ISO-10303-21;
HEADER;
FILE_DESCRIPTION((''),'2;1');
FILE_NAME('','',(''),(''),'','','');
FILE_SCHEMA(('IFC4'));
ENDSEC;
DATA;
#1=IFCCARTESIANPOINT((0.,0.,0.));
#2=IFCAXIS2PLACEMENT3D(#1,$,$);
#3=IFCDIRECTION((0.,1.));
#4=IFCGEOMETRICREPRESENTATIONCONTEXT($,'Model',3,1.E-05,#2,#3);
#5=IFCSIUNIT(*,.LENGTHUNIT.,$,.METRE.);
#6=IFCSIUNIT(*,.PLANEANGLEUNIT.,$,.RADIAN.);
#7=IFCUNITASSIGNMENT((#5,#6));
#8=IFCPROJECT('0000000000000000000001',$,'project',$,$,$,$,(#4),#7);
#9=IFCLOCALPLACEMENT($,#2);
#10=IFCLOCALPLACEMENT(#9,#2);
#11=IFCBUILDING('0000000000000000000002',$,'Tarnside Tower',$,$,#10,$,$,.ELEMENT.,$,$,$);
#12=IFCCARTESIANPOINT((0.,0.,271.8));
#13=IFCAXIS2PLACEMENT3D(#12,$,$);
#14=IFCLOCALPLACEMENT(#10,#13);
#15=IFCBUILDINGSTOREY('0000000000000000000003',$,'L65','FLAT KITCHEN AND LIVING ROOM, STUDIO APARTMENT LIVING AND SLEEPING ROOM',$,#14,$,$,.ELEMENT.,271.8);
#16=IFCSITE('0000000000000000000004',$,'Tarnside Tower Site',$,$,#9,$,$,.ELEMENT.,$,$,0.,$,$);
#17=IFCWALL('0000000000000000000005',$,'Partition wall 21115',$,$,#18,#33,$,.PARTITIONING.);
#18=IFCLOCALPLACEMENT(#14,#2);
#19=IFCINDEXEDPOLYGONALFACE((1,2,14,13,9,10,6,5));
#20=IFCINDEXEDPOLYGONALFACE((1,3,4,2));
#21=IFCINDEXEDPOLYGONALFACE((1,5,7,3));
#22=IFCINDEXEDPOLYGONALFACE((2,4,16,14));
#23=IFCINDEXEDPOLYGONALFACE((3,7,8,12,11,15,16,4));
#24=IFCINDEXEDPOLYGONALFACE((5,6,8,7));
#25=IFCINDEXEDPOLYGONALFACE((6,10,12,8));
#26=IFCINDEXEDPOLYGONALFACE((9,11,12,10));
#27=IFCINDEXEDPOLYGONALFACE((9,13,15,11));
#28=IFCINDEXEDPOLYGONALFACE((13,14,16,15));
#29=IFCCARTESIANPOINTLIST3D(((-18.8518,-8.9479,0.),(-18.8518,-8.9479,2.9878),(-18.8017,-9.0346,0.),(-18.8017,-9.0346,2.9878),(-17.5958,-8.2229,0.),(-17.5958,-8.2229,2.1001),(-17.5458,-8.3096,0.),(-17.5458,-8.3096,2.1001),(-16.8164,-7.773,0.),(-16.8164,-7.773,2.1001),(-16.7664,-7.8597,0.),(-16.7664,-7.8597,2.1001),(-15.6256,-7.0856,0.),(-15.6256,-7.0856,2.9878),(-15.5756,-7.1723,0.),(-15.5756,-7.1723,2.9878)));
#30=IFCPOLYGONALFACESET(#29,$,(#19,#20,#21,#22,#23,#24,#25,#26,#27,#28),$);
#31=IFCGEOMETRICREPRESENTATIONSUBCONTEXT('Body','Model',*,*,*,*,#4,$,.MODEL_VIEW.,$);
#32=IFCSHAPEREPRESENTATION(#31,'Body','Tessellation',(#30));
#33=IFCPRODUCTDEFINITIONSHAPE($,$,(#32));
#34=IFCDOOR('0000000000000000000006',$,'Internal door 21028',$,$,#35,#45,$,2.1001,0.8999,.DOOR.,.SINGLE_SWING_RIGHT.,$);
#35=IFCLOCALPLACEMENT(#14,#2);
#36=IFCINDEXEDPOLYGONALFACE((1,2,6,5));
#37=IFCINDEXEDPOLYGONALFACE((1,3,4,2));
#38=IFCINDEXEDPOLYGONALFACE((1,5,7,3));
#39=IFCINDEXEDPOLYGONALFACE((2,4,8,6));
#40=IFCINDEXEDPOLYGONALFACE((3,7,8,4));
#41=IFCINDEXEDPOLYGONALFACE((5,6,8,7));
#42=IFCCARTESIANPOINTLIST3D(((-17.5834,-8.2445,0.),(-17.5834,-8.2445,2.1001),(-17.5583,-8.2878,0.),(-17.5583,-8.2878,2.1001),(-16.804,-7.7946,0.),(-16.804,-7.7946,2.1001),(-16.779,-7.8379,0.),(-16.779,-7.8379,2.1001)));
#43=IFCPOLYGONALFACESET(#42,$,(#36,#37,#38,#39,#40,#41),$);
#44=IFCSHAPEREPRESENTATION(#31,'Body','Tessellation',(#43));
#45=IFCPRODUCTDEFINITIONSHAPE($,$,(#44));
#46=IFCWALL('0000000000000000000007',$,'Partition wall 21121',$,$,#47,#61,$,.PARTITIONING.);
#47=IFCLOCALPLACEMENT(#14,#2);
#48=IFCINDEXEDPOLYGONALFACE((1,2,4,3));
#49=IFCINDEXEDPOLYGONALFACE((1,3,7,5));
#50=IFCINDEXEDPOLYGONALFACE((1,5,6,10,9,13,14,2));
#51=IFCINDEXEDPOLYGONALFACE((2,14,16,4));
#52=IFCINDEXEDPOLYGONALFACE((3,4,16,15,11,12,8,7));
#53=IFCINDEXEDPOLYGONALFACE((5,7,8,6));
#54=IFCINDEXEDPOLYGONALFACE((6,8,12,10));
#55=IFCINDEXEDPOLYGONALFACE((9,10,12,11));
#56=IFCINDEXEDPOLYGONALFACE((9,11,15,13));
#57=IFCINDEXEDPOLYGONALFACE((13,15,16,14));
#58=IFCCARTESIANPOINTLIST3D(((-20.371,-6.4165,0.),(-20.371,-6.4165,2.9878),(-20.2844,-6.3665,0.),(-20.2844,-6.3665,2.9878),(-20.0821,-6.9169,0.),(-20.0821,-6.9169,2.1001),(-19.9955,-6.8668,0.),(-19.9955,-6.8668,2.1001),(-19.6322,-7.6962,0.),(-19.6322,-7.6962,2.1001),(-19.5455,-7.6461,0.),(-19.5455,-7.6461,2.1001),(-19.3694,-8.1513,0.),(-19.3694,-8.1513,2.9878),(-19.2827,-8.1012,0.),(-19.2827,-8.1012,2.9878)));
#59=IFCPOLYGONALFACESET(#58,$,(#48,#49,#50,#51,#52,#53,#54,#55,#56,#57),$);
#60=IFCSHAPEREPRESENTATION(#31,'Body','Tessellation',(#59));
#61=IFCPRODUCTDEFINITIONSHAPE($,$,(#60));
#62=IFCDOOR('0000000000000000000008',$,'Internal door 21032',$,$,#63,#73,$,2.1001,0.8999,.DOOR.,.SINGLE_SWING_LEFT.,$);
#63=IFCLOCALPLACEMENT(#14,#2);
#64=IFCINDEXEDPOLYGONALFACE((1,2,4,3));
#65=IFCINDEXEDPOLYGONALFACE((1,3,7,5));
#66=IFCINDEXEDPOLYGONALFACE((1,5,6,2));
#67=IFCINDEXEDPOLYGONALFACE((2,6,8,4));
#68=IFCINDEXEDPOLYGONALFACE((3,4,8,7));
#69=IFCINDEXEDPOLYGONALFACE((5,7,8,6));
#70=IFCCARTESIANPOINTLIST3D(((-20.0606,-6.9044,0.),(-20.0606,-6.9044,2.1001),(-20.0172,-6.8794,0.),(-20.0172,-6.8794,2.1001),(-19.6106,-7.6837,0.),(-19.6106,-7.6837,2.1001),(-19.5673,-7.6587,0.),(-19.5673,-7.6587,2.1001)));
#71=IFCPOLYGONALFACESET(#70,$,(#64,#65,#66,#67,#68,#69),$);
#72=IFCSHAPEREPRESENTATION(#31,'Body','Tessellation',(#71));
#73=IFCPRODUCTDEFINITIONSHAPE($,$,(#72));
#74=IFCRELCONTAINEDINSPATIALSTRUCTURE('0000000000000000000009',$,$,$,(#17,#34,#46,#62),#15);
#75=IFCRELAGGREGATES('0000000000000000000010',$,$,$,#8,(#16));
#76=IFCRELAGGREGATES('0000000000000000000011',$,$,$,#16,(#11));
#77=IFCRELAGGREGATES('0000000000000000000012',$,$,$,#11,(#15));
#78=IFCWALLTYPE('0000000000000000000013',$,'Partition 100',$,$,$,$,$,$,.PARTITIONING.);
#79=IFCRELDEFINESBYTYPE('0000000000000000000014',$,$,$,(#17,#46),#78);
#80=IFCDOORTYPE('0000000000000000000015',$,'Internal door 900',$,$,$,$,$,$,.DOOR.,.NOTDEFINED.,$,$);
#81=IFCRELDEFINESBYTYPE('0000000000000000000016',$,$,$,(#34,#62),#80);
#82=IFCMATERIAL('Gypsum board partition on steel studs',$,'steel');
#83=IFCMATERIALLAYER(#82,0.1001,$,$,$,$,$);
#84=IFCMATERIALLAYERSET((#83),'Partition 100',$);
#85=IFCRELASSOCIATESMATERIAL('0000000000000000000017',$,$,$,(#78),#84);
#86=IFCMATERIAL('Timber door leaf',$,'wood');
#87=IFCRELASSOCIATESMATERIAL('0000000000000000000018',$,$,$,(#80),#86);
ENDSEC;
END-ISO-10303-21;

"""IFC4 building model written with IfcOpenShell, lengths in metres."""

from ifc_helpers import new_model, si_unit, direction, frame, frame_2d, origin, place, context, subcontext, project, spatial, rectangle, extrude, material, layer, layer_set, type_object, element, fill, save


model = new_model("IFC4")

# Units and contexts
model_context = context("Model", 3, precision=1e-05, world=origin(), true_north=direction((0.0, 1.0)))
body_context = subcontext(model_context, "Body", "Model", "MODEL_VIEW")
ifc_project = project(units=[si_unit("LENGTHUNIT", "METRE"), si_unit("PLANEANGLEUNIT", "RADIAN")], contexts=[model_context])

# Site, building, storey
site_placement = place(None, origin())
site = spatial("IfcSite", under=ifc_project, at=site_placement, Name="Tarnside Tower Site", CompositionType="ELEMENT", RefElevation=0.0)
building_placement = place(site_placement, origin())
building = spatial("IfcBuilding", under=site, at=building_placement, Name="Tarnside Tower", CompositionType="ELEMENT")
storey_placement = place(building_placement, frame((0.0, 0.0, 271.8)))
storey = spatial("IfcBuildingStorey", under=building, at=storey_placement, Name="L65", Description="FLAT KITCHEN AND LIVING ROOM, STUDIO APARTMENT LIVING AND SLEEPING ROOM", CompositionType="ELEMENT", Elevation=271.8)

# Shared definitions
ifc_material_1 = material(Name="Gypsum board partition on steel studs", Category="steel")
ifc_material_2 = material(Name="Timber door leaf", Category="wood")

# Walls, openings, doors
ifc_layer_1 = layer(ifc_material_1, 0.1001)
ifc_layer_set_1 = layer_set([ifc_layer_1], Name="Partition 100")
wall_type_1 = type_object("IfcWallType", Name="Partition 100", PredefinedType="PARTITIONING", material=ifc_layer_set_1)
wall_1_placement = place(storey_placement, frame((-15.6006, -7.1289, 0.0), z_axis=(0.0, 0.0, 1.0), x_axis=(-0.866057, -0.499946, 0.0)))
wall_1 = element("IfcWall", 1, at=wall_1_placement, inside=storey, type_object=wall_type_1, Name="Partition wall 21115", PredefinedType="PARTITIONING", context=body_context, shape_type="SweptSolid", body=[
    extrude(rectangle(XDim=3.7251, YDim=0.1001, at=frame_2d((1.8625, 0.0))), origin(), (0.0, 0.0, 1.0), 2.9878),
])
opening_1_placement = place(wall_1_placement, frame((1.375, 0.0, 0.0)))
opening_1 = element("IfcOpeningElement", 2, at=opening_1_placement, cuts=wall_1, PredefinedType="OPENING", context=body_context, shape_type="SweptSolid", body=[
    extrude(rectangle(XDim=0.8999, YDim=2.1001, at=frame_2d((0.45, 1.05))), frame((0.0, 0.0601, 0.0), z_axis=(0.0, -1.0, 0.0), x_axis=(1.0, 0.0, 0.0)), (0.0, 0.0, 1.0), 0.1201),
])
door_type_1 = type_object("IfcDoorType", Name="Internal door 900", OperationType="NOTDEFINED", PredefinedType="DOOR", material=ifc_material_2)
door_1_placement = place(opening_1_placement, origin())
door_1 = element("IfcDoor", 3, at=door_1_placement, inside=storey, type_object=door_type_1, Name="Internal door 21028", OperationType="SINGLE_SWING_RIGHT", OverallHeight=2.1001, OverallWidth=0.8999, PredefinedType="DOOR", context=body_context, shape_type="SweptSolid", body=[
    extrude(rectangle(XDim=0.8999, YDim=2.1001, at=frame_2d((0.45, 1.05))), frame((0.0, 0.0249, 0.0), z_axis=(0.0, -1.0, 0.0), x_axis=(1.0, 0.0, 0.0)), (0.0, 0.0, 1.0), 0.05),
])
fill(opening_1, door_1)
wall_2_placement = place(storey_placement, frame((-20.3276, -6.3916, 0.0), z_axis=(0.0, 0.0, 1.0), x_axis=(0.500032, -0.866007, 0.0)))
wall_2 = element("IfcWall", 4, at=wall_2_placement, inside=storey, type_object=wall_type_1, Name="Partition wall 21121", PredefinedType="PARTITIONING", context=body_context, shape_type="SweptSolid", body=[
    extrude(rectangle(XDim=2.0032, YDim=0.1001, at=frame_2d((1.0015, 0.0))), origin(), (0.0, 0.0, 1.0), 2.9878),
])
opening_2_placement = place(wall_2_placement, frame((0.5776, 0.0, 0.0)))
opening_2 = element("IfcOpeningElement", 5, at=opening_2_placement, cuts=wall_2, PredefinedType="OPENING", context=body_context, shape_type="SweptSolid", body=[
    extrude(rectangle(XDim=0.8999, YDim=2.1001, at=frame_2d((0.45, 1.05))), frame((0.0, 0.0601, 0.0), z_axis=(0.0, -1.0, 0.0), x_axis=(1.0, 0.0, 0.0)), (0.0, 0.0, 1.0), 0.1201),
])
door_2_placement = place(opening_2_placement, origin())
door_2 = element("IfcDoor", 6, at=door_2_placement, inside=storey, type_object=door_type_1, Name="Internal door 21032", OperationType="SINGLE_SWING_LEFT", OverallHeight=2.1001, OverallWidth=0.8999, PredefinedType="DOOR", context=body_context, shape_type="SweptSolid", body=[
    extrude(rectangle(XDim=0.8999, YDim=2.1001, at=frame_2d((0.45, 1.05))), frame((0.0, 0.0249, 0.0), z_axis=(0.0, -1.0, 0.0), x_axis=(1.0, 0.0, 0.0)), (0.0, 0.0, 1.0), 0.05),
])
fill(opening_2, door_2)

save(model, "model.ifc")
